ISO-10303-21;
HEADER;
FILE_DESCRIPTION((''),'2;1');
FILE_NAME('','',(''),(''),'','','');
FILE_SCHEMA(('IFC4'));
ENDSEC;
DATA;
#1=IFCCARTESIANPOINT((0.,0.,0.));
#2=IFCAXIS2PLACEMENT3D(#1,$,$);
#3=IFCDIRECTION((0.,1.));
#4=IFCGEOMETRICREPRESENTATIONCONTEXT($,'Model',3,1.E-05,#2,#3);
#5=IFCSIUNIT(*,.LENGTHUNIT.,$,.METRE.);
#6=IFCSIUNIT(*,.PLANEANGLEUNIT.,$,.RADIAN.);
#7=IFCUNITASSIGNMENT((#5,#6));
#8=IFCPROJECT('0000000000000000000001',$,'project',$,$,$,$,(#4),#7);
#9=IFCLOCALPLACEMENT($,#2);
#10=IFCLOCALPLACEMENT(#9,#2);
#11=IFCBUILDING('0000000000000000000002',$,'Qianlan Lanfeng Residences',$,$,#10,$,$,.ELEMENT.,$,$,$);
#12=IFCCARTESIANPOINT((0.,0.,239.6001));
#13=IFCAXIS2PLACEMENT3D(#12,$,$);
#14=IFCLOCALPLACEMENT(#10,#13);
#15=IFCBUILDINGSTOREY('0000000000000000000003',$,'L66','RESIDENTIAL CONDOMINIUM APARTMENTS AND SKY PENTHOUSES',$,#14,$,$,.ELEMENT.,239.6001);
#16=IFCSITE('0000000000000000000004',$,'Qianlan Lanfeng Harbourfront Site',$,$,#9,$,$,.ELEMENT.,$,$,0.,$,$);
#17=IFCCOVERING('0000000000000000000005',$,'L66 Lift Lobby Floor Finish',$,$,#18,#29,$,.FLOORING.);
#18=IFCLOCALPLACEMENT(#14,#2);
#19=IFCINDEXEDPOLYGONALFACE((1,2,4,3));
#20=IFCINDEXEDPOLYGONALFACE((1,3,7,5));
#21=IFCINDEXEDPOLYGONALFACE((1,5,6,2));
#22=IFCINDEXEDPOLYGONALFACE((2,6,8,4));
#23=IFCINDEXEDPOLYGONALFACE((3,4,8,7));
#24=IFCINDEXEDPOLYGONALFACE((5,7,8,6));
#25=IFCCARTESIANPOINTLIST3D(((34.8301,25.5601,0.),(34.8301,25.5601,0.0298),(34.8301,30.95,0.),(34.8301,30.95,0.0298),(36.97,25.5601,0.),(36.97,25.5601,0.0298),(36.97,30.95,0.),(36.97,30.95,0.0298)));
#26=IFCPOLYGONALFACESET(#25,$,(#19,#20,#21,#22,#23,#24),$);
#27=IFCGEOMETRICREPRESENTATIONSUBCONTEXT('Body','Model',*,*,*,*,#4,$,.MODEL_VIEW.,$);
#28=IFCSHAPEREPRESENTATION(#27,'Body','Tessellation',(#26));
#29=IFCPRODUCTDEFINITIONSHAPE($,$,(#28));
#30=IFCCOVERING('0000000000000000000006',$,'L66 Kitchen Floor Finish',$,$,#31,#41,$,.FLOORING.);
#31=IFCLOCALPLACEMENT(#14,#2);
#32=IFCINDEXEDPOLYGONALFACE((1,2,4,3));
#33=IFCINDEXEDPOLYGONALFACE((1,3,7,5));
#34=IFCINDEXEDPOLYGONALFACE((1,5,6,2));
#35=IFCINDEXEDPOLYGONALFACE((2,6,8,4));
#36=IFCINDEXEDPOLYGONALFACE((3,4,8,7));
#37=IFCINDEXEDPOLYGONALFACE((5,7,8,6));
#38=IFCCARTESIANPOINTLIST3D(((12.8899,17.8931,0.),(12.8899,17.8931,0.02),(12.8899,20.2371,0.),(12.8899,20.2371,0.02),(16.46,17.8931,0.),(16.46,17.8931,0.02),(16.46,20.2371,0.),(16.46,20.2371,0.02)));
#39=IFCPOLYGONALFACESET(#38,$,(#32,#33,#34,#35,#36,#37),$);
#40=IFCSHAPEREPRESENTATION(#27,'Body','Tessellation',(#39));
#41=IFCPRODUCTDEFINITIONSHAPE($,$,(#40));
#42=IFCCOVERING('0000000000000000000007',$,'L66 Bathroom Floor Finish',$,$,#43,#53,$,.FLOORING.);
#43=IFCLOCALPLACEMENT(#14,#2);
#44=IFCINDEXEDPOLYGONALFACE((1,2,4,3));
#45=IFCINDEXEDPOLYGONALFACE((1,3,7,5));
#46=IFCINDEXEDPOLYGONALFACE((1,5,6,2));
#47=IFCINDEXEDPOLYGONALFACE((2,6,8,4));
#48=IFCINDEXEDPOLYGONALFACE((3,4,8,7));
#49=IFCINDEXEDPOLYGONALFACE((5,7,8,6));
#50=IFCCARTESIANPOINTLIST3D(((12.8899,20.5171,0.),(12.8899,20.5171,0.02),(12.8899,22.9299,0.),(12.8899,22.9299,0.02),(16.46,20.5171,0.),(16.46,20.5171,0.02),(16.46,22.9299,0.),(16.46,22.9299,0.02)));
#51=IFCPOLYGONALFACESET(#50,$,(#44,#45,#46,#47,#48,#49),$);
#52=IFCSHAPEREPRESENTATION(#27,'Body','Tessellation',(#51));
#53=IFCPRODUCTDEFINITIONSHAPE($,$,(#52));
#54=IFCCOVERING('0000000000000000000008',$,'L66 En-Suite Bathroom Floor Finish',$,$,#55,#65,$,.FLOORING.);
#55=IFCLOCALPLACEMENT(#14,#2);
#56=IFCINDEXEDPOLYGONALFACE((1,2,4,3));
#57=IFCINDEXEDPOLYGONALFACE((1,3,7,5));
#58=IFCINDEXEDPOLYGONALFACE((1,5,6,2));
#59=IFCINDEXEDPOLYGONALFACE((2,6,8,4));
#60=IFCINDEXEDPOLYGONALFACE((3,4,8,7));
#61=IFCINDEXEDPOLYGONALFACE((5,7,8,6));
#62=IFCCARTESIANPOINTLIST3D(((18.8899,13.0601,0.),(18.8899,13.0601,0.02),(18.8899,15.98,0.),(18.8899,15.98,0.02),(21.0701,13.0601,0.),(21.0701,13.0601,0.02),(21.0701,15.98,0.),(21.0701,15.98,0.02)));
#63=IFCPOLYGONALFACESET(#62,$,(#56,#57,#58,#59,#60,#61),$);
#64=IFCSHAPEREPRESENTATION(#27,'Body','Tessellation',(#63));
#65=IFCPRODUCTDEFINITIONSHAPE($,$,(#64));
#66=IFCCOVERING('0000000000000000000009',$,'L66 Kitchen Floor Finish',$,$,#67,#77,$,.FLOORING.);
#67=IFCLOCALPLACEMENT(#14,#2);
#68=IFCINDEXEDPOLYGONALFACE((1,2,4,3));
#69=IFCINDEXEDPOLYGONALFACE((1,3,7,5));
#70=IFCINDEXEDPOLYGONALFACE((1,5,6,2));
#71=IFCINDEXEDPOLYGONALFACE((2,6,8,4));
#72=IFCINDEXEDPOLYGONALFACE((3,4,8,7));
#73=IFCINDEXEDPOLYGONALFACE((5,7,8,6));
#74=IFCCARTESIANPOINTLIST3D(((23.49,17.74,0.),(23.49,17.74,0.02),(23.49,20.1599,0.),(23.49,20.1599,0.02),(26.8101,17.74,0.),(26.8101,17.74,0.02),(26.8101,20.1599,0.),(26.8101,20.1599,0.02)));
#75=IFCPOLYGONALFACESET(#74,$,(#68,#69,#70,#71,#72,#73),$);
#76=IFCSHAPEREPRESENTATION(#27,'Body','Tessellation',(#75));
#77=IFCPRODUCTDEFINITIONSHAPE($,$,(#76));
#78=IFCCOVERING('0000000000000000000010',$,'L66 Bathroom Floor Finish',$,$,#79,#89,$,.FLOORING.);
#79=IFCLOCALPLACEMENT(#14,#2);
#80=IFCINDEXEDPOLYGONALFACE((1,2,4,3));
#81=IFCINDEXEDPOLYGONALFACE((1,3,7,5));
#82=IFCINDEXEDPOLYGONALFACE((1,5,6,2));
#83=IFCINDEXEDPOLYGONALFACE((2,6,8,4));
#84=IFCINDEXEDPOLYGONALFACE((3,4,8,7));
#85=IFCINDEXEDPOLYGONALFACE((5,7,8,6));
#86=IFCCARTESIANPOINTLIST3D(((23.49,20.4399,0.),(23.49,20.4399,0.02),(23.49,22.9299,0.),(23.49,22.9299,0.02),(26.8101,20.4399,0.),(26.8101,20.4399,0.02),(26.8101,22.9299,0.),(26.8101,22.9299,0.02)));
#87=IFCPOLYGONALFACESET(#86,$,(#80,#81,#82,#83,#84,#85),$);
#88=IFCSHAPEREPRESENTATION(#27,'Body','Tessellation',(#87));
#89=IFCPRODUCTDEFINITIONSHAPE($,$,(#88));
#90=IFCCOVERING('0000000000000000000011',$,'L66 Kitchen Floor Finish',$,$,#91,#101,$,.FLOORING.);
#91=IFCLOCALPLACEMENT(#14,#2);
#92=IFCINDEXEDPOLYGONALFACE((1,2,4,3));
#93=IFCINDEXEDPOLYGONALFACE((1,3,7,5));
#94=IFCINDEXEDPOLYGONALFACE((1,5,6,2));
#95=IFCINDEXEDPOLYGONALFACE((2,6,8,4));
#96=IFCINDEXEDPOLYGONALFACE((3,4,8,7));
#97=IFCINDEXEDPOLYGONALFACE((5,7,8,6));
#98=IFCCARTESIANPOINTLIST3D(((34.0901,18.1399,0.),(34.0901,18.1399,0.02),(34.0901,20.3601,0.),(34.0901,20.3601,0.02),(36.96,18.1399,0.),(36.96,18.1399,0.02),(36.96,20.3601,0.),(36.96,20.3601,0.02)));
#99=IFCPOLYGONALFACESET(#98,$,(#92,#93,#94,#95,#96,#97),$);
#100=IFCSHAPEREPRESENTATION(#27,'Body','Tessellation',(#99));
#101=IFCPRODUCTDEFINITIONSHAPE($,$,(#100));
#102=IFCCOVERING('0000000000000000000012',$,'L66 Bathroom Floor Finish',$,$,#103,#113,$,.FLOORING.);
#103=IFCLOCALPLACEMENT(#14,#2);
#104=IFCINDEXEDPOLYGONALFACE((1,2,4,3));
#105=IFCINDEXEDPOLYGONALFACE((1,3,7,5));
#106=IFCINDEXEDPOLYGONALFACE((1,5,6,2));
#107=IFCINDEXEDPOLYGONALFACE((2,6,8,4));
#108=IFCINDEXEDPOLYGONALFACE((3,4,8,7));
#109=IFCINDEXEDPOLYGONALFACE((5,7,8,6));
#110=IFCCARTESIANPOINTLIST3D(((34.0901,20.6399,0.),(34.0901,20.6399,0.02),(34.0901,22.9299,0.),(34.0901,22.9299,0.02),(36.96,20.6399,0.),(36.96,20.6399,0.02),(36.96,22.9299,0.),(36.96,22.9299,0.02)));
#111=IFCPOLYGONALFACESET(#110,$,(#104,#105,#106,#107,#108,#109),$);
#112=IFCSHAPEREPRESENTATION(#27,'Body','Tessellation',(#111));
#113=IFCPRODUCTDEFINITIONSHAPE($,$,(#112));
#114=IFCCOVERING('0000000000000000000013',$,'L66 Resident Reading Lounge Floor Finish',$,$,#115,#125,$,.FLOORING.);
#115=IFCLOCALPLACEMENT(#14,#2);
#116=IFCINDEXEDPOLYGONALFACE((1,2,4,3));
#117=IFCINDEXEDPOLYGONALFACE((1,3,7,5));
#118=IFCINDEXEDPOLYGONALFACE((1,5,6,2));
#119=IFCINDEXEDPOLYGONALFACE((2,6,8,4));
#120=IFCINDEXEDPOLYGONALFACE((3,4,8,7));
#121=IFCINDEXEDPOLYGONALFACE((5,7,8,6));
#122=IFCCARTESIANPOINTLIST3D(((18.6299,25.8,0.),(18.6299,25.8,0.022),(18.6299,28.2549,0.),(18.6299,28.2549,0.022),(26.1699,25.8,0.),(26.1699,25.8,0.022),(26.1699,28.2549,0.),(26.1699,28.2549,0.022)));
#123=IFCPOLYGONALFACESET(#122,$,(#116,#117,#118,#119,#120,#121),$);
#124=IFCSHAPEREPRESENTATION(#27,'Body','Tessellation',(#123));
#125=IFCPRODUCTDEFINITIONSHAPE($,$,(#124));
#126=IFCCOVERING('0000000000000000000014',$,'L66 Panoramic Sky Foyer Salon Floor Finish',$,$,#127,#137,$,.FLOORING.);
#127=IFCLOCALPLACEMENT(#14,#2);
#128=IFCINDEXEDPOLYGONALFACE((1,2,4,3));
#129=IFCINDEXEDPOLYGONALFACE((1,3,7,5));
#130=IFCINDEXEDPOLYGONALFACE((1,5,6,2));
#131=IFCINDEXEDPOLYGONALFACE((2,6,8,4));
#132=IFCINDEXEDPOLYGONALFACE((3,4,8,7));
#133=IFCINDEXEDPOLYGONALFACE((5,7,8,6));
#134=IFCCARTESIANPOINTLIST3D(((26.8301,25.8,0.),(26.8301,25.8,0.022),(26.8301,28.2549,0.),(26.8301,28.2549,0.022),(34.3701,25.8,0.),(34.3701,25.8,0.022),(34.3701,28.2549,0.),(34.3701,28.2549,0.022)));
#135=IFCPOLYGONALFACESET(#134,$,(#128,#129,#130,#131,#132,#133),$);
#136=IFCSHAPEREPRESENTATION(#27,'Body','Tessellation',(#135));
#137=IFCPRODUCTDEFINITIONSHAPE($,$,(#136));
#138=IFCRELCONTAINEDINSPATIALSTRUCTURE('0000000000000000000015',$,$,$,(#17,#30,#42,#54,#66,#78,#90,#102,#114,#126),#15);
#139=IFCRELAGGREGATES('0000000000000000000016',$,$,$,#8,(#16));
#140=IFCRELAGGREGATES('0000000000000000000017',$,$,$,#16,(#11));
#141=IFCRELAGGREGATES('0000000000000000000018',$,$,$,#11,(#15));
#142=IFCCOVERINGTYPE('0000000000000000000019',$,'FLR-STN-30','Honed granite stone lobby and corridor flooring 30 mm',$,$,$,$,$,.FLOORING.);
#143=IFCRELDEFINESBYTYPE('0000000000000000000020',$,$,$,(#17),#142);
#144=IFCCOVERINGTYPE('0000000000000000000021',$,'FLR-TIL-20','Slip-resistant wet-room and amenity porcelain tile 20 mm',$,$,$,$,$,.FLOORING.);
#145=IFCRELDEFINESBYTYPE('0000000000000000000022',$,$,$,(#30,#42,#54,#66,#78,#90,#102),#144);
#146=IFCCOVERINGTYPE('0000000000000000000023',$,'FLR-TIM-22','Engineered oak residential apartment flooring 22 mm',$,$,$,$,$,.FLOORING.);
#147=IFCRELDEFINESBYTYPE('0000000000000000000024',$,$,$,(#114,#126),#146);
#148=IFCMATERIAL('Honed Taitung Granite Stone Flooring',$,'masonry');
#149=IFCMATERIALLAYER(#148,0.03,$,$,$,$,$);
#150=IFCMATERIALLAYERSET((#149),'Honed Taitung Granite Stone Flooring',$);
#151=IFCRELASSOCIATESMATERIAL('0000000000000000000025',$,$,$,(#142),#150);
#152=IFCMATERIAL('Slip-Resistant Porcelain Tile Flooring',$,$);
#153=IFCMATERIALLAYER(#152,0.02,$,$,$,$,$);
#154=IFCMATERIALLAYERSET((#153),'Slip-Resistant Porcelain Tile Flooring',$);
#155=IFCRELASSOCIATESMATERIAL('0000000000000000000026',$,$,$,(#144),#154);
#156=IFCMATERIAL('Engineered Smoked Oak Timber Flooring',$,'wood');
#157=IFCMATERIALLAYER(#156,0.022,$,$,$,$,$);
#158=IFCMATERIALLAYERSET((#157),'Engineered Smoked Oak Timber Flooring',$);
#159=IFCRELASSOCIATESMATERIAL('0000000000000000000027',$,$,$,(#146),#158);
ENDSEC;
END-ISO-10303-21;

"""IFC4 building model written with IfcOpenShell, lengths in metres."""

from ifc_helpers import new_model, si_unit, direction, frame, origin, place, context, subcontext, project, spatial, polyline, outline, extrude, material, layer, layer_set, type_object, element, save


model = new_model("IFC4")

# Units and contexts
model_context = context("Model", 3, precision=1e-05, world=origin(), true_north=direction((0.0, 1.0)))
body_context = subcontext(model_context, "Body", "Model", "MODEL_VIEW")
ifc_project = project(units=[si_unit("LENGTHUNIT", "METRE"), si_unit("PLANEANGLEUNIT", "RADIAN")], contexts=[model_context])

# Site, building, storey
site_placement = place(None, origin())
site = spatial("IfcSite", under=ifc_project, at=site_placement, Name="Qianlan Lanfeng Harbourfront Site", CompositionType="ELEMENT", RefElevation=0.0)
building_placement = place(site_placement, origin())
building = spatial("IfcBuilding", under=site, at=building_placement, Name="Qianlan Lanfeng Residences", CompositionType="ELEMENT")
storey_placement = place(building_placement, frame((0.0, 0.0, 239.6001)))
storey = spatial("IfcBuildingStorey", under=building, at=storey_placement, Name="L66", Description="RESIDENTIAL CONDOMINIUM APARTMENTS AND SKY PENTHOUSES", CompositionType="ELEMENT", Elevation=239.6001)

# Coverings
ifc_material_1 = material(Name="Honed Taitung Granite Stone Flooring", Category="masonry")
ifc_layer_1 = layer(ifc_material_1, 0.03)
ifc_layer_set_1 = layer_set([ifc_layer_1], Name="Honed Taitung Granite Stone Flooring")
covering_type_1 = type_object("IfcCoveringType", Name="FLR-STN-30", Description="Honed granite stone lobby and corridor flooring 30 mm", PredefinedType="FLOORING", material=ifc_layer_set_1)
covering_1_placement = place(storey_placement, origin())
element("IfcCovering", 1, at=covering_1_placement, inside=storey, type_object=covering_type_1, Name="L66 Lift Lobby Floor Finish", PredefinedType="FLOORING", context=body_context, shape_type="SweptSolid", body=[
    extrude(outline(polyline([(34.8301, 25.5601), (36.97, 25.5601), (36.97, 30.95), (34.8301, 30.95), (34.8301, 25.5601)])), origin(), (0.0, 0.0, 1.0), 0.0298),
])
ifc_material_2 = material(Name="Slip-Resistant Porcelain Tile Flooring")
ifc_layer_2 = layer(ifc_material_2, 0.02)
ifc_layer_set_2 = layer_set([ifc_layer_2], Name="Slip-Resistant Porcelain Tile Flooring")
covering_type_2 = type_object("IfcCoveringType", Name="FLR-TIL-20", Description="Slip-resistant wet-room and amenity porcelain tile 20 mm", PredefinedType="FLOORING", material=ifc_layer_set_2)
covering_2_placement = place(storey_placement, origin())
element("IfcCovering", 2, at=covering_2_placement, inside=storey, type_object=covering_type_2, Name="L66 Kitchen Floor Finish", PredefinedType="FLOORING", context=body_context, shape_type="SweptSolid", body=[
    extrude(outline(polyline([(12.8899, 17.8931), (16.46, 17.8931), (16.46, 20.2371), (12.8899, 20.2371), (12.8899, 17.8931)])), origin(), (0.0, 0.0, 1.0), 0.02),
])
covering_3_placement = place(storey_placement, origin())
element("IfcCovering", 3, at=covering_3_placement, inside=storey, type_object=covering_type_2, Name="L66 Bathroom Floor Finish", PredefinedType="FLOORING", context=body_context, shape_type="SweptSolid", body=[
    extrude(outline(polyline([(12.8899, 20.5171), (16.46, 20.5171), (16.46, 22.9299), (12.8899, 22.9299), (12.8899, 20.5171)])), origin(), (0.0, 0.0, 1.0), 0.02),
])
covering_4_placement = place(storey_placement, origin())
element("IfcCovering", 4, at=covering_4_placement, inside=storey, type_object=covering_type_2, Name="L66 En-Suite Bathroom Floor Finish", PredefinedType="FLOORING", context=body_context, shape_type="SweptSolid", body=[
    extrude(outline(polyline([(18.8899, 13.0601), (21.0701, 13.0601), (21.0701, 15.98), (18.8899, 15.98), (18.8899, 13.0601)])), origin(), (0.0, 0.0, 1.0), 0.02),
])
covering_5_placement = place(storey_placement, origin())
element("IfcCovering", 5, at=covering_5_placement, inside=storey, type_object=covering_type_2, Name="L66 Kitchen Floor Finish", PredefinedType="FLOORING", context=body_context, shape_type="SweptSolid", body=[
    extrude(outline(polyline([(23.49, 17.74), (26.8101, 17.74), (26.8101, 20.1599), (23.49, 20.1599), (23.49, 17.74)])), origin(), (0.0, 0.0, 1.0), 0.02),
])
covering_6_placement = place(storey_placement, origin())
element("IfcCovering", 6, at=covering_6_placement, inside=storey, type_object=covering_type_2, Name="L66 Bathroom Floor Finish", PredefinedType="FLOORING", context=body_context, shape_type="SweptSolid", body=[
    extrude(outline(polyline([(23.49, 20.4399), (26.8101, 20.4399), (26.8101, 22.9299), (23.49, 22.9299), (23.49, 20.4399)])), origin(), (0.0, 0.0, 1.0), 0.02),
])
covering_7_placement = place(storey_placement, origin())
element("IfcCovering", 7, at=covering_7_placement, inside=storey, type_object=covering_type_2, Name="L66 Kitchen Floor Finish", PredefinedType="FLOORING", context=body_context, shape_type="SweptSolid", body=[
    extrude(outline(polyline([(34.0901, 18.1399), (36.96, 18.1399), (36.96, 20.3601), (34.0901, 20.3601), (34.0901, 18.1399)])), origin(), (0.0, 0.0, 1.0), 0.02),
])
covering_8_placement = place(storey_placement, origin())
element("IfcCovering", 8, at=covering_8_placement, inside=storey, type_object=covering_type_2, Name="L66 Bathroom Floor Finish", PredefinedType="FLOORING", context=body_context, shape_type="SweptSolid", body=[
    extrude(outline(polyline([(34.0901, 20.6399), (36.96, 20.6399), (36.96, 22.9299), (34.0901, 22.9299), (34.0901, 20.6399)])), origin(), (0.0, 0.0, 1.0), 0.02),
])
ifc_material_3 = material(Name="Engineered Smoked Oak Timber Flooring", Category="wood")
ifc_layer_3 = layer(ifc_material_3, 0.022)
ifc_layer_set_3 = layer_set([ifc_layer_3], Name="Engineered Smoked Oak Timber Flooring")
covering_type_3 = type_object("IfcCoveringType", Name="FLR-TIM-22", Description="Engineered oak residential apartment flooring 22 mm", PredefinedType="FLOORING", material=ifc_layer_set_3)
covering_9_placement = place(storey_placement, origin())
element("IfcCovering", 9, at=covering_9_placement, inside=storey, type_object=covering_type_3, Name="L66 Resident Reading Lounge Floor Finish", PredefinedType="FLOORING", context=body_context, shape_type="SweptSolid", body=[
    extrude(outline(polyline([(18.6299, 25.8), (26.1699, 25.8), (26.1699, 28.2549), (18.6299, 28.2549), (18.6299, 25.8)])), origin(), (0.0, 0.0, 1.0), 0.022),
])
covering_10_placement = place(storey_placement, origin())
element("IfcCovering", 10, at=covering_10_placement, inside=storey, type_object=covering_type_3, Name="L66 Panoramic Sky Foyer Salon Floor Finish", PredefinedType="FLOORING", context=body_context, shape_type="SweptSolid", body=[
    extrude(outline(polyline([(26.8301, 25.8), (34.3701, 25.8), (34.3701, 28.2549), (26.8301, 28.2549), (26.8301, 25.8)])), origin(), (0.0, 0.0, 1.0), 0.022),
])

save(model, "model.ifc")
